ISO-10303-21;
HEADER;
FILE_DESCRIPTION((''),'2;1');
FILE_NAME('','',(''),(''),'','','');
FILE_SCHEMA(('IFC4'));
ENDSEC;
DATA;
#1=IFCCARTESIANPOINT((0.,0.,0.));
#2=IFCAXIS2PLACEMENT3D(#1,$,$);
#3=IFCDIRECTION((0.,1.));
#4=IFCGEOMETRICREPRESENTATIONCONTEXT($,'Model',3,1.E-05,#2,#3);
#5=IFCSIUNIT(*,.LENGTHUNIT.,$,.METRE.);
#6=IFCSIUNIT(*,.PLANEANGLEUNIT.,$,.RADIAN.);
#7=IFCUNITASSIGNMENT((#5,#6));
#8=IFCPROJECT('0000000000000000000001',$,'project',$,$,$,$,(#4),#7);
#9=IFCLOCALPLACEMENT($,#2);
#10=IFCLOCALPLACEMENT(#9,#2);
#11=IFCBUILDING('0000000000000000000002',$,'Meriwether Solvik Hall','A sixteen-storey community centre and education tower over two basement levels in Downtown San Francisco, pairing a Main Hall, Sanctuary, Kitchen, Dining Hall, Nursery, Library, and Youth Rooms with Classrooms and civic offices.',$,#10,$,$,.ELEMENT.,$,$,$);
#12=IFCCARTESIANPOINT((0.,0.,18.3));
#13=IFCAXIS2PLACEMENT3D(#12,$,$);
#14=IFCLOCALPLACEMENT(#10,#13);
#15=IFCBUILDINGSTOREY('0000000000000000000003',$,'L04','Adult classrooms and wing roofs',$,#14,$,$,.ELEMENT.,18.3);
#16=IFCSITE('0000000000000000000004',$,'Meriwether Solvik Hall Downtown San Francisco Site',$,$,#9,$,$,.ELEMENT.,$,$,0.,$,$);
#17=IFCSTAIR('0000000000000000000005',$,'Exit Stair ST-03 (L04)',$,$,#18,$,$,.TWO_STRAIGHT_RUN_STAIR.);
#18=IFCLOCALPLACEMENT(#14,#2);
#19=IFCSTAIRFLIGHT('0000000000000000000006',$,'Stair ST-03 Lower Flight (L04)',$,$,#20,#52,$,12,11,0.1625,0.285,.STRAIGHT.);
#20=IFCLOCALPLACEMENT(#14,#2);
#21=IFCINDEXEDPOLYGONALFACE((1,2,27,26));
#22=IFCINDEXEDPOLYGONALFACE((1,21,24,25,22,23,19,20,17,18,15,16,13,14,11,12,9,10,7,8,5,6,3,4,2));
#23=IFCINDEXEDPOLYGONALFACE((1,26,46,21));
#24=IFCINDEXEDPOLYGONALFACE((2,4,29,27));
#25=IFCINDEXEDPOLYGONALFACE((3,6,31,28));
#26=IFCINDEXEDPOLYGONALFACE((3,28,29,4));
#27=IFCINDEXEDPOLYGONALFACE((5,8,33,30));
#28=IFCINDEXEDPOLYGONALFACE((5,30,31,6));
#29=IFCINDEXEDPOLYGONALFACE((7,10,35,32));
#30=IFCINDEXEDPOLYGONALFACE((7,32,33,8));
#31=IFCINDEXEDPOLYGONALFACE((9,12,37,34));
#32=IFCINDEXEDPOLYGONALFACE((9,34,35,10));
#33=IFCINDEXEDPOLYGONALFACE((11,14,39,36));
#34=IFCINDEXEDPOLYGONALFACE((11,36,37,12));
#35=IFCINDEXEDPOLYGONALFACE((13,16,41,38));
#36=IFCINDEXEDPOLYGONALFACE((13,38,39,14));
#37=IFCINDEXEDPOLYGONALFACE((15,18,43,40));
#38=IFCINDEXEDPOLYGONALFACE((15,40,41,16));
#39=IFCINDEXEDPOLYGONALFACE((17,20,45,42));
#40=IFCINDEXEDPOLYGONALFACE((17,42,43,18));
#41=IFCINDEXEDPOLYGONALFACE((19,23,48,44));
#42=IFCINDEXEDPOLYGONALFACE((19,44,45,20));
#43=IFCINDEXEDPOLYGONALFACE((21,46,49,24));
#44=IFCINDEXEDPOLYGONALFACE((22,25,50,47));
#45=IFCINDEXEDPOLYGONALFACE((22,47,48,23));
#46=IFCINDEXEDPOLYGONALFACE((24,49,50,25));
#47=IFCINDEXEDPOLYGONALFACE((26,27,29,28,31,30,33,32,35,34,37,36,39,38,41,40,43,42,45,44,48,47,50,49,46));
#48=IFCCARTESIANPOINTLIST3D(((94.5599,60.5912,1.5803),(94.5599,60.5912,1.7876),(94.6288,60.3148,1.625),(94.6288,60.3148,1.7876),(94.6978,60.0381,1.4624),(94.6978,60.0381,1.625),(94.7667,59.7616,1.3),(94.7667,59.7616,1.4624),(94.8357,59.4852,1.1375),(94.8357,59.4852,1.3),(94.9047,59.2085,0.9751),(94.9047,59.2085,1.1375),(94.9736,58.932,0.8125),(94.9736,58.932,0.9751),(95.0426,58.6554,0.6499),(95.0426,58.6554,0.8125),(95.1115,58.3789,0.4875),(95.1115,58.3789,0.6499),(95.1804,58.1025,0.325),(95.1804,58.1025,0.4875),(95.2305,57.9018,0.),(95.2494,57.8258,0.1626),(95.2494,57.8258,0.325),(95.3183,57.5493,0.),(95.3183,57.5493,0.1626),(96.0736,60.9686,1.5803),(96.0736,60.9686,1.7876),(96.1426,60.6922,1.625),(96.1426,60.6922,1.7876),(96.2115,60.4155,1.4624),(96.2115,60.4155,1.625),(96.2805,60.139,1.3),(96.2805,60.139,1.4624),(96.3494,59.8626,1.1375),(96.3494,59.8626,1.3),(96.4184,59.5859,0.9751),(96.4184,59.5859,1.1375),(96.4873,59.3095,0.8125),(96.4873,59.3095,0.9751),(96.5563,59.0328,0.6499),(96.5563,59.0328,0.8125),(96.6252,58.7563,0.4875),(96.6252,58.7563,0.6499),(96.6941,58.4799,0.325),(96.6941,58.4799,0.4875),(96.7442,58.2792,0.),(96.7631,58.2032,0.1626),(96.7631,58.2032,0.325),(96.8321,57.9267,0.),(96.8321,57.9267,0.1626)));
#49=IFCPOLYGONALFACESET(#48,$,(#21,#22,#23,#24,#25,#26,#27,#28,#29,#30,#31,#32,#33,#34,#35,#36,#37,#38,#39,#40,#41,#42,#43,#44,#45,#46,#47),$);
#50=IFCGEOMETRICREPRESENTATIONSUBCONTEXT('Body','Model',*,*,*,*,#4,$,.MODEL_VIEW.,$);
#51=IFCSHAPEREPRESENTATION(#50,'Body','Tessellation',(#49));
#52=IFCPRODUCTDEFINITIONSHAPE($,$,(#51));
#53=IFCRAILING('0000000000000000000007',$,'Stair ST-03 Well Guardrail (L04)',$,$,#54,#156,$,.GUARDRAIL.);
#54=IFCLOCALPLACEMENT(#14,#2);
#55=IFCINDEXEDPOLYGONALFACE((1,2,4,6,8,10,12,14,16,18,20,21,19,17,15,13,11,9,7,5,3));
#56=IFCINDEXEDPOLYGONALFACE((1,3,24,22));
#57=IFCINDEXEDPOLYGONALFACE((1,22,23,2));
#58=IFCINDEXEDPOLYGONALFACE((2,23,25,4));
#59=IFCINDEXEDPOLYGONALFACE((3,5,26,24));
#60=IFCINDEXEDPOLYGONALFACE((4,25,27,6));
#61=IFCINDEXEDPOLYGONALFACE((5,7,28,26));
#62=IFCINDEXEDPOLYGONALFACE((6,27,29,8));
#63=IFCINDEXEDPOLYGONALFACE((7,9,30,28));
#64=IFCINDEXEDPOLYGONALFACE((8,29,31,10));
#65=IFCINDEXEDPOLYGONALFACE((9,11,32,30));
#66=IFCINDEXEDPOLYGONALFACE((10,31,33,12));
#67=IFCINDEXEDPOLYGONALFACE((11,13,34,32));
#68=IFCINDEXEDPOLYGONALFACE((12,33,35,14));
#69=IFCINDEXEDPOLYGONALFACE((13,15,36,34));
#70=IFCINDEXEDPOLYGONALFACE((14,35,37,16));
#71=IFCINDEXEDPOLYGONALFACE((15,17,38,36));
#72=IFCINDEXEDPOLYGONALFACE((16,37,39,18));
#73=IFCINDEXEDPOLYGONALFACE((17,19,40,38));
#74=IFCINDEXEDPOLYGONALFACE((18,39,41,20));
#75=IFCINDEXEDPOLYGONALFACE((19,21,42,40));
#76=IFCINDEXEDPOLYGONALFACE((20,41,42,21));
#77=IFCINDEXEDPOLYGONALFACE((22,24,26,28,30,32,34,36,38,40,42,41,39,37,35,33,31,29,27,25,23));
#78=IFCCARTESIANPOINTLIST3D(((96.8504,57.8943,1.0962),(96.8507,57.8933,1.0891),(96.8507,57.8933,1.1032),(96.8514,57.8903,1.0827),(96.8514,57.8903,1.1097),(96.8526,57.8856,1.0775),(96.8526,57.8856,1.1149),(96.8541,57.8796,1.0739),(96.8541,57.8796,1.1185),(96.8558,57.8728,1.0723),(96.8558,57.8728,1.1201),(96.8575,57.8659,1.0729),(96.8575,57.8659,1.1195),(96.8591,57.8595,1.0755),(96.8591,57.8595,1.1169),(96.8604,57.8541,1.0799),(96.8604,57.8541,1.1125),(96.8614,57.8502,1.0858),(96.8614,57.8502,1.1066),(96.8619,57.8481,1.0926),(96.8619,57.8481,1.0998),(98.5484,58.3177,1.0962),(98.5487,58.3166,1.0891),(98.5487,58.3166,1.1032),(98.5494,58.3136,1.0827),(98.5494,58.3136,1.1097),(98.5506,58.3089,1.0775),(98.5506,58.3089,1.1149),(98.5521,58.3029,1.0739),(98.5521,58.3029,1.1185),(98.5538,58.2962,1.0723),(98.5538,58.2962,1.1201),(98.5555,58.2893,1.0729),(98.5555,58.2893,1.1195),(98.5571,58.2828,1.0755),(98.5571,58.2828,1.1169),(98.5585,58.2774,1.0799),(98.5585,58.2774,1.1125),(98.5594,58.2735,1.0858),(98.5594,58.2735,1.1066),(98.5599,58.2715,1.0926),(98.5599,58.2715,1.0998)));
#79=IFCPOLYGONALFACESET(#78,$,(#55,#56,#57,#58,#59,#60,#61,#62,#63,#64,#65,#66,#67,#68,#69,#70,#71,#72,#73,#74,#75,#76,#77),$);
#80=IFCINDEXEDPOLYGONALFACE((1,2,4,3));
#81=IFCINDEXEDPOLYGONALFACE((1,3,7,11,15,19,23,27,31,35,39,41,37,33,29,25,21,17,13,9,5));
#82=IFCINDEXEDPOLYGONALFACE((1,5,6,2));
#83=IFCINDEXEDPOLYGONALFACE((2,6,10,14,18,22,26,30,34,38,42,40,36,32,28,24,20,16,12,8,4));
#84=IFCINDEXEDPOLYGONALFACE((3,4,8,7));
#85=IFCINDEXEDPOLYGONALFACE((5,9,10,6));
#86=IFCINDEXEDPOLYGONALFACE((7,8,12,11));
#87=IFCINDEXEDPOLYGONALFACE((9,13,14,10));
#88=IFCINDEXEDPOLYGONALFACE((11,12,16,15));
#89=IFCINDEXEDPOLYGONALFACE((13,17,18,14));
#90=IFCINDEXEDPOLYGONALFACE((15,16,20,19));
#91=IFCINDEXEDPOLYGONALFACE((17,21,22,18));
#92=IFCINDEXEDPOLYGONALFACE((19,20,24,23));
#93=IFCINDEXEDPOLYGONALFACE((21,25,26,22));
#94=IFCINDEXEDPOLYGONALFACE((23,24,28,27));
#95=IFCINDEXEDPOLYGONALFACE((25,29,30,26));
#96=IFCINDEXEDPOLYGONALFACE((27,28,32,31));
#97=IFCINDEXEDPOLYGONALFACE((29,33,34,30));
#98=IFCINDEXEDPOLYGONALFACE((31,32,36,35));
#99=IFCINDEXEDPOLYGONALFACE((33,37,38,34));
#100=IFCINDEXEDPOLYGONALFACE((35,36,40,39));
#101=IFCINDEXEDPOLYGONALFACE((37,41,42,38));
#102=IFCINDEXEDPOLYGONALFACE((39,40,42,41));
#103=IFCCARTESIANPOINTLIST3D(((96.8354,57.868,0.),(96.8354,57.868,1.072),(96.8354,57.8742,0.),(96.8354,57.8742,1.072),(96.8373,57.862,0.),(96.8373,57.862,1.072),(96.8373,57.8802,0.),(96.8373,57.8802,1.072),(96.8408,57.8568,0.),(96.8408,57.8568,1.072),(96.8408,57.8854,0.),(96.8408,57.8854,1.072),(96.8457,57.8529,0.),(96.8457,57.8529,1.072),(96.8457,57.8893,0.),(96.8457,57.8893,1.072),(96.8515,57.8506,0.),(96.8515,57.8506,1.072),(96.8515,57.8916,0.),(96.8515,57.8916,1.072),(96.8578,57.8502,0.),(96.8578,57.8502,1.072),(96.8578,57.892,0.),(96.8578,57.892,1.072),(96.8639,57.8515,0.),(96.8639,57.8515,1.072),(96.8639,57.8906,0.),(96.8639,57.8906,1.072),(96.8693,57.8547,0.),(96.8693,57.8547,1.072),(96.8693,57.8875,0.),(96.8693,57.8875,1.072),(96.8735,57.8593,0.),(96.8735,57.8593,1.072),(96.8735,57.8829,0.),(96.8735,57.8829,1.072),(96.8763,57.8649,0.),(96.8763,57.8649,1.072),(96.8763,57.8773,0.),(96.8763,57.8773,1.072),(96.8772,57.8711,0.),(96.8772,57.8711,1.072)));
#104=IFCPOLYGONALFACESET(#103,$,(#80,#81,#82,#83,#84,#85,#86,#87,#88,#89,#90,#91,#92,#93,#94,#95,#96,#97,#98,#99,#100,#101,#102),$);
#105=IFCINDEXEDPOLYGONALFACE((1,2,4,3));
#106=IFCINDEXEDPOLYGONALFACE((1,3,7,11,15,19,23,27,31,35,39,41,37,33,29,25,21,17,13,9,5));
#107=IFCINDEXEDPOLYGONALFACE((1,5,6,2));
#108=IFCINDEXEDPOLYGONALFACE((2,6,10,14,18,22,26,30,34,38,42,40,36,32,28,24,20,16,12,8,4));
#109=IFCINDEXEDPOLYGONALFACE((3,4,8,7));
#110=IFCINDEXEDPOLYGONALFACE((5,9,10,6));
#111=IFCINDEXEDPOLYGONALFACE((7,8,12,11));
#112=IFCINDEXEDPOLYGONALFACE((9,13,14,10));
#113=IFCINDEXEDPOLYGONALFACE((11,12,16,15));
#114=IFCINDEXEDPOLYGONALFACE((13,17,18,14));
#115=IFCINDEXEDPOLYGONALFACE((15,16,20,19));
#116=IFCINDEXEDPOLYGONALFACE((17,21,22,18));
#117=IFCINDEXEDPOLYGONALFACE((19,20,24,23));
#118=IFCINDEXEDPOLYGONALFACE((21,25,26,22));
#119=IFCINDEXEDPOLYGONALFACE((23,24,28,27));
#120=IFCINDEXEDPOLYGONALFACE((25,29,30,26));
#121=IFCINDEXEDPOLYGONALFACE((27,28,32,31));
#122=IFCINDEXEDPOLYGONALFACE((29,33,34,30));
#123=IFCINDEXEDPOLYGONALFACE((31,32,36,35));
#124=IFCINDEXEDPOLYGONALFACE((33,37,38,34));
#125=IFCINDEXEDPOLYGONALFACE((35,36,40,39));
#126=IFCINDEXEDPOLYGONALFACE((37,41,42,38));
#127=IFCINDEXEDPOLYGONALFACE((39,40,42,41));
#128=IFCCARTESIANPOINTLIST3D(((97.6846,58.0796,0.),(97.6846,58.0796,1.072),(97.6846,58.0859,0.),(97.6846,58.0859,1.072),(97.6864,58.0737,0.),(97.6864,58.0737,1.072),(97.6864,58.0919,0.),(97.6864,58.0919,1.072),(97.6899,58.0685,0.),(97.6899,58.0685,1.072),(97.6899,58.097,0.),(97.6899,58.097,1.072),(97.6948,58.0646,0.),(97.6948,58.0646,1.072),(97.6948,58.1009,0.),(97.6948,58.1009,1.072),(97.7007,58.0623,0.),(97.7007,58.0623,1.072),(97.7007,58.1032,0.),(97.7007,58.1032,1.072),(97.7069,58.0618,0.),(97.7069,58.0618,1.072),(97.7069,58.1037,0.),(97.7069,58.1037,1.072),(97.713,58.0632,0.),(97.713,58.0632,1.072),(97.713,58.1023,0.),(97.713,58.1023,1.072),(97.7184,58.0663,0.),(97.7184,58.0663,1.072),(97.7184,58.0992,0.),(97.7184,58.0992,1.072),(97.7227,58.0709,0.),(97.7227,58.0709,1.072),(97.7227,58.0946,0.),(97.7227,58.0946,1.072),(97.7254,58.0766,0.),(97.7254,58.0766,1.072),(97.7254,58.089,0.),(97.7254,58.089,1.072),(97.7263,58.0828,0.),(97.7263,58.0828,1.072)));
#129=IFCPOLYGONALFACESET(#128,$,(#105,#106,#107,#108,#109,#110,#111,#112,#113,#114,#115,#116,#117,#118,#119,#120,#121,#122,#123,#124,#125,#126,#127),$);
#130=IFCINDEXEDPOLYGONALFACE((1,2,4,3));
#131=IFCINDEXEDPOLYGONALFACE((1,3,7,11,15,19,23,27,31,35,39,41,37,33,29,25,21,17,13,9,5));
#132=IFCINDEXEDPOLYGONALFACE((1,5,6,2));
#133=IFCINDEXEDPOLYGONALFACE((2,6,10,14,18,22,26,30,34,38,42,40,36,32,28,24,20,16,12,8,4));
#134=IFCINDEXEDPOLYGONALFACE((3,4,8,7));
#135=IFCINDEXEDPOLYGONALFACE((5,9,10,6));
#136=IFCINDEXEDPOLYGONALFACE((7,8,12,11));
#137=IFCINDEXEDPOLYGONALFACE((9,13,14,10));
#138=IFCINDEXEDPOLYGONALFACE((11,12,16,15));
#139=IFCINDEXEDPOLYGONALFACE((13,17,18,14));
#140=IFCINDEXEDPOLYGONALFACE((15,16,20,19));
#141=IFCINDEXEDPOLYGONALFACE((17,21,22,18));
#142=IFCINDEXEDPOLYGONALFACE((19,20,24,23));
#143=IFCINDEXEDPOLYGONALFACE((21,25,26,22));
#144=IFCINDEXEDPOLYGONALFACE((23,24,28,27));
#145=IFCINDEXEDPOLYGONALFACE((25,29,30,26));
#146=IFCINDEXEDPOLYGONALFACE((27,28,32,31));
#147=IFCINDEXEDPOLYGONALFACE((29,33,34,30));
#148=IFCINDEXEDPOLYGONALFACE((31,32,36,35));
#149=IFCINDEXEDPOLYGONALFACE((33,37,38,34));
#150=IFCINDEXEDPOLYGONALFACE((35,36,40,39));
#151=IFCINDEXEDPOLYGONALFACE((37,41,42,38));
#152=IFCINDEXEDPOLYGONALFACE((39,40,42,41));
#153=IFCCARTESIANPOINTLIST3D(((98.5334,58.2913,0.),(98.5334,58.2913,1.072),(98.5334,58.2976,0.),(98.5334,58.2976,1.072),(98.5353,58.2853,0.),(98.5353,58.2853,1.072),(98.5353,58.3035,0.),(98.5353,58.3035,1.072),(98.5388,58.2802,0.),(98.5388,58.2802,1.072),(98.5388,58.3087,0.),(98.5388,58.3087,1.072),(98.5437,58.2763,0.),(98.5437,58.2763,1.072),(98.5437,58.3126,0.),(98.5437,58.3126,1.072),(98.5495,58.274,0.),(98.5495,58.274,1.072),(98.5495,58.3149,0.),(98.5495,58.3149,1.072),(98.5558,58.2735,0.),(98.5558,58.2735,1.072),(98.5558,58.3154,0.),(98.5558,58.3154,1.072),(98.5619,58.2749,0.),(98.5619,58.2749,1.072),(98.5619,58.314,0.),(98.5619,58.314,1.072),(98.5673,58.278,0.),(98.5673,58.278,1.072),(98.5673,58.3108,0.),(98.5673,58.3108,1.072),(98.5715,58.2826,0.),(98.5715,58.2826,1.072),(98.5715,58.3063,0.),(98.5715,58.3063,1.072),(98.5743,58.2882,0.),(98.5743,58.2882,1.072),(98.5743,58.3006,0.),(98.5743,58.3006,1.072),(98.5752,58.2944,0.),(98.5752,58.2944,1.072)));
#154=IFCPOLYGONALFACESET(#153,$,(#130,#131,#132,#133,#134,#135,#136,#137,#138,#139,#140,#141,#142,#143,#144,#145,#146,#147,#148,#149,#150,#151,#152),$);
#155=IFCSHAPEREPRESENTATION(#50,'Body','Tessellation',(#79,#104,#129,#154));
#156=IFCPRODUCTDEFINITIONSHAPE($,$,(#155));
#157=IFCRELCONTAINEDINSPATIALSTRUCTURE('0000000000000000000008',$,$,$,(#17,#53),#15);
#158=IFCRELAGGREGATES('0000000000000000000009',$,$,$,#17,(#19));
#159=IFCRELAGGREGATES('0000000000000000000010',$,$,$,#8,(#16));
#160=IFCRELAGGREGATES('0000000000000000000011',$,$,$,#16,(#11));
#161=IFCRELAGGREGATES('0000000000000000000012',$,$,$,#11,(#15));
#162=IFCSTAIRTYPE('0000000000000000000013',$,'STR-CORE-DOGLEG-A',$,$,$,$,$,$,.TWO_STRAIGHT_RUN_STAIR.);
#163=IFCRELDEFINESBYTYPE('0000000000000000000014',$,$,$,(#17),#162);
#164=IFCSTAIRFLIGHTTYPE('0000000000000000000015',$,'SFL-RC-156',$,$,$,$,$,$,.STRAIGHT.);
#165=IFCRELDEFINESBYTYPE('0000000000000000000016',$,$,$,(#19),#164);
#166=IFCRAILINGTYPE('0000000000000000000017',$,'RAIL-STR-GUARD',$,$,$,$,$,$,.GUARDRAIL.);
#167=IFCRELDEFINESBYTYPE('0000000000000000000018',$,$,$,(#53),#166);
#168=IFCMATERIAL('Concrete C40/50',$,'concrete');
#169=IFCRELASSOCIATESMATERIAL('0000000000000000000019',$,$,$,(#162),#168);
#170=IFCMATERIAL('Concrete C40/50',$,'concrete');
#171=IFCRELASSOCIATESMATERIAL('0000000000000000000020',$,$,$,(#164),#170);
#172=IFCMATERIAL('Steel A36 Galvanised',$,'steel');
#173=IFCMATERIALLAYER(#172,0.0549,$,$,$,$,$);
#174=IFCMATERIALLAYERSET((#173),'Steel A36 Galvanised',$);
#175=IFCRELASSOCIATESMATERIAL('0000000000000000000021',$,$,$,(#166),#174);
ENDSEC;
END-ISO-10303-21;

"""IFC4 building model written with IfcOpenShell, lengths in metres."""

from ifc_helpers import new_model, si_unit, direction, frame, origin, origin_2d, place, context, subcontext, project, spatial, polyline, circle, outline, extrude, material, layer, layer_set, type_object, element, aggregate, save


model = new_model("IFC4")

# Units and contexts
model_context = context("Model", 3, precision=1e-05, world=origin(), true_north=direction((0.0, 1.0)))
body_context = subcontext(model_context, "Body", "Model", "MODEL_VIEW")
ifc_project = project(units=[si_unit("LENGTHUNIT", "METRE"), si_unit("PLANEANGLEUNIT", "RADIAN")], contexts=[model_context])

# Site, building, storey
site_placement = place(None, origin())
site = spatial("IfcSite", under=ifc_project, at=site_placement, Name="Meriwether Solvik Hall Downtown San Francisco Site", CompositionType="ELEMENT", RefElevation=0.0)
building_placement = place(site_placement, origin())
building = spatial("IfcBuilding", under=site, at=building_placement, Name="Meriwether Solvik Hall", Description="A sixteen-storey community centre and education tower over two basement levels in Downtown San Francisco, pairing a Main Hall, Sanctuary, Kitchen, Dining Hall, Nursery, Library, and Youth Rooms with Classrooms and civic offices.", CompositionType="ELEMENT")
storey_placement = place(building_placement, frame((0.0, 0.0, 18.3)))
storey = spatial("IfcBuildingStorey", under=building, at=storey_placement, Name="L04", Description="Adult classrooms and wing roofs", CompositionType="ELEMENT", Elevation=18.3)

# Stair, stair flight
ifc_material_1 = material(Name="Concrete C40/50", Category="concrete")
stair_type = type_object("IfcStairType", Name="STR-CORE-DOGLEG-A", PredefinedType="TWO_STRAIGHT_RUN_STAIR", material=ifc_material_1)
stair_placement = place(storey_placement, origin())
stair = element("IfcStair", 1, at=stair_placement, inside=storey, type_object=stair_type, Name="Exit Stair ST-03 (L04)", PredefinedType="TWO_STRAIGHT_RUN_STAIR")
ifc_material_2 = material(Name="Concrete C40/50", Category="concrete")
stair_flight_type = type_object("IfcStairFlightType", Name="SFL-RC-156", PredefinedType="STRAIGHT", material=ifc_material_2)
stair_flight_placement = place(storey_placement, frame((96.0752, 57.738, 0.0), z_axis=(0.0, 0.0, 1.0), x_axis=(-0.241922, 0.970296, 0.0)))
stair_flight = element("IfcStairFlight", 2, at=stair_flight_placement, type_object=stair_flight_type, Name="Stair ST-03 Lower Flight (L04)", NumberOfRisers=12, NumberOfTreads=11, PredefinedType="STRAIGHT", RiserHeight=0.1625, TreadLength=0.285, context=body_context, shape_type="SweptSolid", body=[
    extrude(outline(polyline([(0.0, 0.0), (0.0, 0.1626), (0.2849, 0.1626), (0.2849, 0.325), (0.5701, 0.325), (0.5701, 0.4875), (0.855, 0.4875), (0.855, 0.6499), (1.1399, 0.6499), (1.1399, 0.8125), (1.425, 0.8125), (1.425, 0.9751), (1.71, 0.9751), (1.71, 1.1375), (1.9951, 1.1375), (1.9951, 1.3), (2.28, 1.3), (2.28, 1.4624), (2.5649, 1.4624), (2.5649, 1.625), (2.8501, 1.625), (2.8501, 1.7876), (3.135, 1.7876), (3.135, 1.95), (3.135, 1.5803), (0.3633, 0.0), (0.0, 0.0)])), frame((0.0, 0.78, 0.0), z_axis=(0.0, -1.0, 0.0), x_axis=(1.0, 0.0, 0.0)), (0.0, 0.0, 1.0), 1.5601),
])
aggregate(stair, [stair_flight])

# Railing
ifc_material_3 = material(Name="Steel A36 Galvanised", Category="steel")
ifc_layer_1 = layer(ifc_material_3, 0.0549)
ifc_layer_set_1 = layer_set([ifc_layer_1], Name="Steel A36 Galvanised")
railing_type_1 = type_object("IfcRailingType", Name="RAIL-STR-GUARD", PredefinedType="GUARDRAIL", material=ifc_layer_set_1)
railing_1_placement = place(storey_placement, frame((96.8562, 57.8711, 0.0)))
element("IfcRailing", 3, at=railing_1_placement, inside=storey, type_object=railing_type_1, Name="Stair ST-03 Well Guardrail (L04)", PredefinedType="GUARDRAIL", context=body_context, shape_type="SweptSolid", body=[
    extrude(circle(Radius=0.0239, at=origin_2d()), frame((0.0, 0.0, 1.0962), z_axis=(0.970298, 0.241912, 0.0), x_axis=(-0.241912, 0.970298, 0.0)), (0.0, 0.0, 1.0), 1.75),
    extrude(circle(Radius=0.021, at=origin_2d()), origin(), (0.0, 0.0, 1.0), 1.072),
    extrude(circle(Radius=0.021, at=origin_2d()), frame((0.8491, 0.2117, 0.0)), (0.0, 0.0, 1.0), 1.072),
    extrude(circle(Radius=0.021, at=origin_2d()), frame((1.698, 0.4233, 0.0)), (0.0, 0.0, 1.0), 1.072),
])

save(model, "model.ifc")
